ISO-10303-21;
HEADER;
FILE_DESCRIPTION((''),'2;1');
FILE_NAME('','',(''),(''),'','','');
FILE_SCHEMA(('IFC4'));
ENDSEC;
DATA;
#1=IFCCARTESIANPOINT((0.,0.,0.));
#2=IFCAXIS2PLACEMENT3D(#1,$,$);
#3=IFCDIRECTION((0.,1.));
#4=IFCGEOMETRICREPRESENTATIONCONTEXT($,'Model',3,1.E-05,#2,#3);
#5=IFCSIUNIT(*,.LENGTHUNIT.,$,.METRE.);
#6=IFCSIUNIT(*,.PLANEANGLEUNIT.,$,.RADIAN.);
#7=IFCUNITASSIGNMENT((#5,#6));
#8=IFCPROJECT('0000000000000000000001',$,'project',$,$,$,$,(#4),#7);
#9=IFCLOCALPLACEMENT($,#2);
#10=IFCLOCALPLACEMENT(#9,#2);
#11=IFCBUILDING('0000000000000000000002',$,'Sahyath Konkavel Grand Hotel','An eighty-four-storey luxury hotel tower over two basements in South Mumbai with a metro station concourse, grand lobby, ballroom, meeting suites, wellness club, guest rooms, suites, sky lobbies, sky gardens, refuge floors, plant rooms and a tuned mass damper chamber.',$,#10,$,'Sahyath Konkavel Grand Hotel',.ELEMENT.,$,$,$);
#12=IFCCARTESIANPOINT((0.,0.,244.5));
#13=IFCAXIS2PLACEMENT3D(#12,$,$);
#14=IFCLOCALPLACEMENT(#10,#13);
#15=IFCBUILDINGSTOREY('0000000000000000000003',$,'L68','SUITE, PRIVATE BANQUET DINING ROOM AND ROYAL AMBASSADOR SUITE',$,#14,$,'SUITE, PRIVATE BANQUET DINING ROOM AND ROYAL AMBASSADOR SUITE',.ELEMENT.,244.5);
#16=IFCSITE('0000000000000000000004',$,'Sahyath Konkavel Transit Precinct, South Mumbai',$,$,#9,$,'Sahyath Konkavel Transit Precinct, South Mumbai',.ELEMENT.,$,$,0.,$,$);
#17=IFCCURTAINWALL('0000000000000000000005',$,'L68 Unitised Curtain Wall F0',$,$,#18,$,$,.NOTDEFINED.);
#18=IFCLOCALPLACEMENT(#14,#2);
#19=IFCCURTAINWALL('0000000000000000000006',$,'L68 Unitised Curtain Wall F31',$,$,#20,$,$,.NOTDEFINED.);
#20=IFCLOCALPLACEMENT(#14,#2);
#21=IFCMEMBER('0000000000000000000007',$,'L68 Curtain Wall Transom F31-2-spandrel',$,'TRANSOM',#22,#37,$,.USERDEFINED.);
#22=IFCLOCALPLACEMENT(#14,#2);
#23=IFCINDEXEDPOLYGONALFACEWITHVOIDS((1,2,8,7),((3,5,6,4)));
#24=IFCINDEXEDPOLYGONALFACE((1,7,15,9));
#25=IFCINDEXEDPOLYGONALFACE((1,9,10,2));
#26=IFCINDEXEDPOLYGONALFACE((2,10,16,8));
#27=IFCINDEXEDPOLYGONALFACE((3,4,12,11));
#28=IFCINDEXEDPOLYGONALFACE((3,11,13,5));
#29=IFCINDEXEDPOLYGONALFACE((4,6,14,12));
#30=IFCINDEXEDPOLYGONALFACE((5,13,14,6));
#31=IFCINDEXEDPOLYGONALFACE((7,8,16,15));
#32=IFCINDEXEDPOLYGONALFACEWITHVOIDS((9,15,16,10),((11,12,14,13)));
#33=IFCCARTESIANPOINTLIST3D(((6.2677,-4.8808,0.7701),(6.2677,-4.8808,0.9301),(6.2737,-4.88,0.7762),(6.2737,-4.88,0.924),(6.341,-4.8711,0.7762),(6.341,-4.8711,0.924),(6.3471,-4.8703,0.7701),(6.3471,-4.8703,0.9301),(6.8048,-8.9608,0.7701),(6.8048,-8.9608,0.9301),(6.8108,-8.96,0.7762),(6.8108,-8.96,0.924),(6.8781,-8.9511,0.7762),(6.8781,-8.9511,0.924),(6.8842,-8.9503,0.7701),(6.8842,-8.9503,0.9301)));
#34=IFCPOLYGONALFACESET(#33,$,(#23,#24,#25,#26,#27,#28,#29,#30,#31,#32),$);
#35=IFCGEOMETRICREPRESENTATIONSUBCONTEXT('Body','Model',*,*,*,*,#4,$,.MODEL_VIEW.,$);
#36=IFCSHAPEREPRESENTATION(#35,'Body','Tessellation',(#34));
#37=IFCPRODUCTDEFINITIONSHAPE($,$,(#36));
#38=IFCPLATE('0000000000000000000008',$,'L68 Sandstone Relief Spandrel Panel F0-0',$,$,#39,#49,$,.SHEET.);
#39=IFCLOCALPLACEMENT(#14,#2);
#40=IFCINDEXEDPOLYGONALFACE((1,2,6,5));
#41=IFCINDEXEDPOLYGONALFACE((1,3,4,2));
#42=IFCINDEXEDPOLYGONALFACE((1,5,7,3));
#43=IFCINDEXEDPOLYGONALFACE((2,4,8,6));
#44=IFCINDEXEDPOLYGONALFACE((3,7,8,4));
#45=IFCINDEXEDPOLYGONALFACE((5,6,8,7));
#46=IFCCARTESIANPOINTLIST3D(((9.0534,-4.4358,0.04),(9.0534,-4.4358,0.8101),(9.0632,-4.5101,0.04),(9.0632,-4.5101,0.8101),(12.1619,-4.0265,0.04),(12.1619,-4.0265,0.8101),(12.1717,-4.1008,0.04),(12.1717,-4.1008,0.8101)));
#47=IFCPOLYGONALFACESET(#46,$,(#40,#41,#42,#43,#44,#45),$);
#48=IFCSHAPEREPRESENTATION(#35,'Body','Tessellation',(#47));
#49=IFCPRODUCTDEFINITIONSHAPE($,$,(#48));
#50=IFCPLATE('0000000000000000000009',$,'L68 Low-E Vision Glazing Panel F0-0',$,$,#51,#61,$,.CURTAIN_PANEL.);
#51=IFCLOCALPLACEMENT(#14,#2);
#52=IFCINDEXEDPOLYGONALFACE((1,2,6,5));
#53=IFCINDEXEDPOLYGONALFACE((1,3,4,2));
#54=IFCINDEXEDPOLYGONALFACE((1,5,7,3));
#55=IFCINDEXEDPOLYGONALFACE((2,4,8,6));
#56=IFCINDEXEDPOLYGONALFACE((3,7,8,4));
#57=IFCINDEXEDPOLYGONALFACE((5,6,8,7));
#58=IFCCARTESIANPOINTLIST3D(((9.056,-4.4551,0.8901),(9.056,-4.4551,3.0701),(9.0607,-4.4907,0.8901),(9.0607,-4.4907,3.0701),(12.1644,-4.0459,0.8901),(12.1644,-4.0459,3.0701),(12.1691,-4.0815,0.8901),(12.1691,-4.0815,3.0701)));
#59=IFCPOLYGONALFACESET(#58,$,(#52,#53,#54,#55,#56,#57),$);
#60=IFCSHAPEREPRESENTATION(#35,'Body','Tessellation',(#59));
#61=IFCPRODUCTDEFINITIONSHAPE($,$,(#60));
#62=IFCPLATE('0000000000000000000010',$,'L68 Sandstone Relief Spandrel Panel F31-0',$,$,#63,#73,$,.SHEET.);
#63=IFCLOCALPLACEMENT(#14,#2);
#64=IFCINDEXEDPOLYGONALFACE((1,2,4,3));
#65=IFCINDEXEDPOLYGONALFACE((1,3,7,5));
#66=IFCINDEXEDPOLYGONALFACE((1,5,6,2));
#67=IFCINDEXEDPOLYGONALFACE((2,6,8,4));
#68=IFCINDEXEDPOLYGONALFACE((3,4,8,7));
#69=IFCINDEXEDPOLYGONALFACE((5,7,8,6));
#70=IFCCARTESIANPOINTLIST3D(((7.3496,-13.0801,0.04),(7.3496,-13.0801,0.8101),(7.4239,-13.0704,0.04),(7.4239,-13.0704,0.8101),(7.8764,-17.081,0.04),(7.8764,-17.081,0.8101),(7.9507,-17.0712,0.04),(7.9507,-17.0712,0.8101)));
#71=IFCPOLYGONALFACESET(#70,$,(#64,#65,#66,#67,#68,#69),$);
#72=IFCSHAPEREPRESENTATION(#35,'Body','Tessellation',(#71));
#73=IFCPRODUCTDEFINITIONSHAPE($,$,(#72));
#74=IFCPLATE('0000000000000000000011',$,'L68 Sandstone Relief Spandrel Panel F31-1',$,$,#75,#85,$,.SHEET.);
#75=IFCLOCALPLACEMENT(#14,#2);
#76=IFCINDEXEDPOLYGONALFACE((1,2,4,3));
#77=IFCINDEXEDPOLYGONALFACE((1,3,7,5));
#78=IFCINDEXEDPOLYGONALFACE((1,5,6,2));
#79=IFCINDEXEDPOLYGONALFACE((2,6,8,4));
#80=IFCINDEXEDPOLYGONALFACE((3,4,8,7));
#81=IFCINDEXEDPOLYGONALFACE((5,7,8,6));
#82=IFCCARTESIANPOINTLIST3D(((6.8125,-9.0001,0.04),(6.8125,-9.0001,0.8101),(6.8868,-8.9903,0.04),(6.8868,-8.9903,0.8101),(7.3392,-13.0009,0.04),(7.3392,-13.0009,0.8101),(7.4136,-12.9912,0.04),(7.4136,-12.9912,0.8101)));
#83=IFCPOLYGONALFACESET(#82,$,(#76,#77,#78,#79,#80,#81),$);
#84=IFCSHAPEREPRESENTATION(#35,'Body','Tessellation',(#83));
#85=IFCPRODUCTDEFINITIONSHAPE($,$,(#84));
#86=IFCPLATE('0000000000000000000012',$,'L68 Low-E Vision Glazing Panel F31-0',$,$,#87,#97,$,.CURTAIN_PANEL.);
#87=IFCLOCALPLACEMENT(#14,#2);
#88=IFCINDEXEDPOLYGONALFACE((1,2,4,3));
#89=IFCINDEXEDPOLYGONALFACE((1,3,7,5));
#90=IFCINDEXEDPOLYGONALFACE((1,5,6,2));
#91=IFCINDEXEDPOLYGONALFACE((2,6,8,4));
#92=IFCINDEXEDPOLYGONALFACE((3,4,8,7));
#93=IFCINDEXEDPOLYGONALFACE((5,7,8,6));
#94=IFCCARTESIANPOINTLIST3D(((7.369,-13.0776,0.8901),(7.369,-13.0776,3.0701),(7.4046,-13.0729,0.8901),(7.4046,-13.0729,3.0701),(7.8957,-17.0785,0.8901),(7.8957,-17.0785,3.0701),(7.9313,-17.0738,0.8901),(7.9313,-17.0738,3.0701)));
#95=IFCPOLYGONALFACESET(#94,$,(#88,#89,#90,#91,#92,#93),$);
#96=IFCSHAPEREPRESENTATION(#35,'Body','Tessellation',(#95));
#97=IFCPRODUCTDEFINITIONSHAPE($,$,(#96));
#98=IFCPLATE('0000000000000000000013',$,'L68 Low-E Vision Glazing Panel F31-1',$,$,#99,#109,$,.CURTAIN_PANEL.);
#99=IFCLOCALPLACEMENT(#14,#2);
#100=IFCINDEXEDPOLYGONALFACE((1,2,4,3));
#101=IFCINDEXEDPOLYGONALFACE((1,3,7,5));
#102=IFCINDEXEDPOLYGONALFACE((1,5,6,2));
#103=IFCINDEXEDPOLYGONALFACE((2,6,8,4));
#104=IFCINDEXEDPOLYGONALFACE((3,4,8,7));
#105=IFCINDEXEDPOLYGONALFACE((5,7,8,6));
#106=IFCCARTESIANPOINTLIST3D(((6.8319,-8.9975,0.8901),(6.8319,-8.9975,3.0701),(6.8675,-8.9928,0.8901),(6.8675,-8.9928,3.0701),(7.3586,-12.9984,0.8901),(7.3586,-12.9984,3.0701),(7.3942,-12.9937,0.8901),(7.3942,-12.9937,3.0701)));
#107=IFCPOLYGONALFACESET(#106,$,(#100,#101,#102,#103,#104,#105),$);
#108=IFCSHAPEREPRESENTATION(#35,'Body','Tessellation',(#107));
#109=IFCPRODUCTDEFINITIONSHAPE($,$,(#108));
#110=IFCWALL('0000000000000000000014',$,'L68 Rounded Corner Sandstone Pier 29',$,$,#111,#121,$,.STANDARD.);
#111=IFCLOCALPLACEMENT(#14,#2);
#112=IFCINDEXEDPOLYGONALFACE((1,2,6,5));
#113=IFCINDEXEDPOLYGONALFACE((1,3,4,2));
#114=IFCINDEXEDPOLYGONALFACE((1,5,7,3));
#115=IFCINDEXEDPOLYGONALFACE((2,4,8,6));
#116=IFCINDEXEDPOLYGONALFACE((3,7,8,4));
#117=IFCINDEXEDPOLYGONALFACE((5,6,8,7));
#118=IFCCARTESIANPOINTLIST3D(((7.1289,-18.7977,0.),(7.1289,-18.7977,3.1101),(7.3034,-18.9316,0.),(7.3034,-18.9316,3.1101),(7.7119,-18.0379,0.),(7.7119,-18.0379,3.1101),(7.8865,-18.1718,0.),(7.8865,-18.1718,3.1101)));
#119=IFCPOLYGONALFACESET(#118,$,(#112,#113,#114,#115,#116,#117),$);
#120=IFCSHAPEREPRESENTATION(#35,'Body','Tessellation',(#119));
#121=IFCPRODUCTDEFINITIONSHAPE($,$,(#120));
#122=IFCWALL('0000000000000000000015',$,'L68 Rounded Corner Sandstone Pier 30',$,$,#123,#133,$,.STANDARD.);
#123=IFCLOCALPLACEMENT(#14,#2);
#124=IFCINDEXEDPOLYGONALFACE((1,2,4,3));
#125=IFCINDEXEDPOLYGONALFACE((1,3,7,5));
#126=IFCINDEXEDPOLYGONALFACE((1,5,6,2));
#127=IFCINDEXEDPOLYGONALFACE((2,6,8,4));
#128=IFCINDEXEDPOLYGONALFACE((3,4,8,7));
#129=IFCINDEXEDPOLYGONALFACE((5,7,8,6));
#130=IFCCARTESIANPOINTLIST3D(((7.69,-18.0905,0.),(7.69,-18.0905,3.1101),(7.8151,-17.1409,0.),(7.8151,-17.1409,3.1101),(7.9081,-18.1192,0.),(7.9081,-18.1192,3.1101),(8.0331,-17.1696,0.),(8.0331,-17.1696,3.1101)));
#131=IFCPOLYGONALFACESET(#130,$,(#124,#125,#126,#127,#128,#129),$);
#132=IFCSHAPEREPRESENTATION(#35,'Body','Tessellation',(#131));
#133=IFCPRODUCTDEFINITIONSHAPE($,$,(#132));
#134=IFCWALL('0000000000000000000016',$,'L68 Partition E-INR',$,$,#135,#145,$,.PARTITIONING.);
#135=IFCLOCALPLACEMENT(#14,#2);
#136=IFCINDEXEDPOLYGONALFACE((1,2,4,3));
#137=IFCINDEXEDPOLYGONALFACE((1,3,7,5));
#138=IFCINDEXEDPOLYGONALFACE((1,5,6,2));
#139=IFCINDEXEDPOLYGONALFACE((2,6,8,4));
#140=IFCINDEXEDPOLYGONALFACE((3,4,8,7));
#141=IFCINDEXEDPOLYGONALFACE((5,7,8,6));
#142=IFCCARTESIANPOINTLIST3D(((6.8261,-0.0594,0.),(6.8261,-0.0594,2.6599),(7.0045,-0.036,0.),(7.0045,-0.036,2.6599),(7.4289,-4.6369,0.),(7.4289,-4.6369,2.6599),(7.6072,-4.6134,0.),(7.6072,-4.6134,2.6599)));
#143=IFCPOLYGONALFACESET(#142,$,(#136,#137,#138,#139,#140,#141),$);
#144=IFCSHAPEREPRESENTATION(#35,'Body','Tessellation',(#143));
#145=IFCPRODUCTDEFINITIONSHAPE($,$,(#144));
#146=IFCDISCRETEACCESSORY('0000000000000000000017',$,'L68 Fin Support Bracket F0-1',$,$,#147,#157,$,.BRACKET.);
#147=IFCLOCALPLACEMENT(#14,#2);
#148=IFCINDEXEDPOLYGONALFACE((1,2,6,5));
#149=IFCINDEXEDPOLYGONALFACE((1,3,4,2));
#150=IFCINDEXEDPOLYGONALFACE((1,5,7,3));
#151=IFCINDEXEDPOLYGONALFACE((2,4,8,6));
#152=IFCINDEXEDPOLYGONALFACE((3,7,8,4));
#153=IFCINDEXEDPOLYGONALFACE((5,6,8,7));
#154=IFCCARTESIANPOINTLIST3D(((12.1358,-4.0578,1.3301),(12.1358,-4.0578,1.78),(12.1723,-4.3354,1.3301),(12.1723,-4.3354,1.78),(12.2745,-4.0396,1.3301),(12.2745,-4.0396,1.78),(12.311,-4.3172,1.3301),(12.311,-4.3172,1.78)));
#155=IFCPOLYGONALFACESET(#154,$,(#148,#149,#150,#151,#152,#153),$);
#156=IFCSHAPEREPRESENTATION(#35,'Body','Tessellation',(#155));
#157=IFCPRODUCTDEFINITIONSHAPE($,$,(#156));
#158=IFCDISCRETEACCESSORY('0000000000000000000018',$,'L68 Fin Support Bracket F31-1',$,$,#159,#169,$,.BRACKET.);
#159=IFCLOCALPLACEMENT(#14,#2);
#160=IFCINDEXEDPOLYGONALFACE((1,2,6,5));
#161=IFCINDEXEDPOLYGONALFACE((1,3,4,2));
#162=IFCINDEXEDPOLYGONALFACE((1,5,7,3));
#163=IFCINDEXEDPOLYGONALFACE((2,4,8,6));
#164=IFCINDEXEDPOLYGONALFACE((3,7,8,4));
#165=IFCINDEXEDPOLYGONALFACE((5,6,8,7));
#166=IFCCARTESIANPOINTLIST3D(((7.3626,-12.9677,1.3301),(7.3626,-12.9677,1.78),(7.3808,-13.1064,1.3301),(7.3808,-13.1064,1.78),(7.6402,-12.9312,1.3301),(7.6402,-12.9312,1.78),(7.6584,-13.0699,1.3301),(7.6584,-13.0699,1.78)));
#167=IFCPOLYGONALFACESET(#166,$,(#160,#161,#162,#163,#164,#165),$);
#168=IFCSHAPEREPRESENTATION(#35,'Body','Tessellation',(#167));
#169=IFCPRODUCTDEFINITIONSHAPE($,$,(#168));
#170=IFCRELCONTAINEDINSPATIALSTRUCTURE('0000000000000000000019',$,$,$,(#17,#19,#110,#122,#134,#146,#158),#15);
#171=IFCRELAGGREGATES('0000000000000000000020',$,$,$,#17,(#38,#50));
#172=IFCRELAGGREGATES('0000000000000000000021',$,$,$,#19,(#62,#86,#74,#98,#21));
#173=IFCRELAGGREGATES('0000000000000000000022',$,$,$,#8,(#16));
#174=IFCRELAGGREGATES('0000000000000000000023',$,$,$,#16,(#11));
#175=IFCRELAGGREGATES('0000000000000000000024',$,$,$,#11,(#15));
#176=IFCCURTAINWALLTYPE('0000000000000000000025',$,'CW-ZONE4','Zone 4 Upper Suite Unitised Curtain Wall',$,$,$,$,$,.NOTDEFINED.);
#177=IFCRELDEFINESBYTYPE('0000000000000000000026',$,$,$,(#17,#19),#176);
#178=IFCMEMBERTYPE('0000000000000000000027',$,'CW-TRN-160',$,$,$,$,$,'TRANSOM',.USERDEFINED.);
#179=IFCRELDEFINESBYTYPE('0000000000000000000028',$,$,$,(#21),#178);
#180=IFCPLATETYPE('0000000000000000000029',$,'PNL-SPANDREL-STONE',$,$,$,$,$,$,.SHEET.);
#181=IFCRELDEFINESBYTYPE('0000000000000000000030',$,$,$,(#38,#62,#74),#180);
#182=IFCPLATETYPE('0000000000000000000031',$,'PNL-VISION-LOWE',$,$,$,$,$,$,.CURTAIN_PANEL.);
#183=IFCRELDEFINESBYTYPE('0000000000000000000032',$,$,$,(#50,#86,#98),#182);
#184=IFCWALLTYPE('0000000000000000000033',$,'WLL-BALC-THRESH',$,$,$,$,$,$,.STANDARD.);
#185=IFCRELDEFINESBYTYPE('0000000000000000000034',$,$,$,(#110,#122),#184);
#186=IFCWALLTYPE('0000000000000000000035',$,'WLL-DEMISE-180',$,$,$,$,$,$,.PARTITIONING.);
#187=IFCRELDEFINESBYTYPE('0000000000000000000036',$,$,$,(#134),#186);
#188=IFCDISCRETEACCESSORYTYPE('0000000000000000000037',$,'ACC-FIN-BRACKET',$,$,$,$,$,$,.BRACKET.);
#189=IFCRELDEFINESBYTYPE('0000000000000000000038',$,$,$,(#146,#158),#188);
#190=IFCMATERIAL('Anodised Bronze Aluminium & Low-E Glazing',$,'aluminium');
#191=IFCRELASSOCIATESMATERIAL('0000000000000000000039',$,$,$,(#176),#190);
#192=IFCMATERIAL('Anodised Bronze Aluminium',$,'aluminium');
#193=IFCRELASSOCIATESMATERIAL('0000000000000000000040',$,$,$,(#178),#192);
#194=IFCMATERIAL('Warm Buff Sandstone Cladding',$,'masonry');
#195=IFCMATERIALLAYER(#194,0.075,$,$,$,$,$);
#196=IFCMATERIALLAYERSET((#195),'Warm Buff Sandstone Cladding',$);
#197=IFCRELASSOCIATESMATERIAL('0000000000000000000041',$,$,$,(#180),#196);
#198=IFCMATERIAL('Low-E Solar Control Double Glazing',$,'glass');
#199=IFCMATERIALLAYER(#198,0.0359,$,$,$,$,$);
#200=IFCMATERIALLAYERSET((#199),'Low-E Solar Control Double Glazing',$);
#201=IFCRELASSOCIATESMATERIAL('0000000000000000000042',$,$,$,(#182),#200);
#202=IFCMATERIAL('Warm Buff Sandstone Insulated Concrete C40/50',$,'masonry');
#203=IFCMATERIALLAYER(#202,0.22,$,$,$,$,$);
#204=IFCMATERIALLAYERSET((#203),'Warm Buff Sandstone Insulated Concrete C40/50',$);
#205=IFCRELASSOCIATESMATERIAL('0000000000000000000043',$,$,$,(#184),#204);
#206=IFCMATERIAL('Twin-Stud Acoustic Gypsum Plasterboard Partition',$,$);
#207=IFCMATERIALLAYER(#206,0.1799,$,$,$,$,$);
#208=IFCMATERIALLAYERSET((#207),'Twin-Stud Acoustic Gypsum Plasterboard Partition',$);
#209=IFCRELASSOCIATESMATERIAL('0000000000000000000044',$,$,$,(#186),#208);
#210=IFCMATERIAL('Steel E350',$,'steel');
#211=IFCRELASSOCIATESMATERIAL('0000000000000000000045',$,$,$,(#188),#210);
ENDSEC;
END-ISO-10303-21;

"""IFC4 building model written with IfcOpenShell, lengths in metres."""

from ifc_helpers import new_model, si_unit, direction, frame, frame_2d, origin, origin_2d, place, context, subcontext, project, spatial, rectangle, hollow_rectangle, extrude, source, transform, mapped, material, layer, layer_set, material_profile, profile_set, type_object, element, aggregate, save


model = new_model("IFC4")

# Units and contexts
model_context = context("Model", 3, precision=1e-05, world=origin(), true_north=direction((0.0, 1.0)))
body_context = subcontext(model_context, "Body", "Model", "MODEL_VIEW")
ifc_project = project(units=[si_unit("LENGTHUNIT", "METRE"), si_unit("PLANEANGLEUNIT", "RADIAN")], contexts=[model_context])

# Site, building, storey
site_placement = place(None, origin())
site = spatial("IfcSite", under=ifc_project, at=site_placement, Name="Sahyath Konkavel Transit Precinct, South Mumbai", LongName="Sahyath Konkavel Transit Precinct, South Mumbai", CompositionType="ELEMENT", RefElevation=0.0)
building_placement = place(site_placement, origin())
building = spatial("IfcBuilding", under=site, at=building_placement, Name="Sahyath Konkavel Grand Hotel", Description="An eighty-four-storey luxury hotel tower over two basements in South Mumbai with a metro station concourse, grand lobby, ballroom, meeting suites, wellness club, guest rooms, suites, sky lobbies, sky gardens, refuge floors, plant rooms and a tuned mass damper chamber.", LongName="Sahyath Konkavel Grand Hotel", CompositionType="ELEMENT")
storey_placement = place(building_placement, frame((0.0, 0.0, 244.5)))
storey = spatial("IfcBuildingStorey", under=building, at=storey_placement, Name="L68", Description="SUITE, PRIVATE BANQUET DINING ROOM AND ROYAL AMBASSADOR SUITE", LongName="SUITE, PRIVATE BANQUET DINING ROOM AND ROYAL AMBASSADOR SUITE", CompositionType="ELEMENT", Elevation=244.5)

# Curtain walls
ifc_material_1 = material(Name="Anodised Bronze Aluminium & Low-E Glazing", Category="aluminium")
curtain_wall_type = type_object("IfcCurtainWallType", Name="CW-ZONE4", Description="Zone 4 Upper Suite Unitised Curtain Wall", PredefinedType="NOTDEFINED", material=ifc_material_1)
curtain_wall_1_placement = place(storey_placement, origin())
curtain_wall_1 = element("IfcCurtainWall", 1, at=curtain_wall_1_placement, inside=storey, type_object=curtain_wall_type, Name="L68 Unitised Curtain Wall F0", PredefinedType="NOTDEFINED")
curtain_wall_2_placement = place(storey_placement, origin())
curtain_wall_2 = element("IfcCurtainWall", 2, at=curtain_wall_2_placement, inside=storey, type_object=curtain_wall_type, Name="L68 Unitised Curtain Wall F31", PredefinedType="NOTDEFINED")

# Shared definitions
ifc_material_2 = material(Name="Anodised Bronze Aluminium", Category="aluminium")

# Member
ifc_material_profile_1 = material_profile(ifc_material_2, hollow_rectangle(XDim=0.0801, YDim=0.1599, WallThickness=0.0061, at=origin_2d()), Name="RHS 160x80x6")
ifc_profile_set_1 = profile_set([ifc_material_profile_1], Name="Anodised Bronze Aluminium")
member_type_1 = type_object("IfcMemberType", Name="CW-TRN-160", ElementType="TRANSOM", PredefinedType="USERDEFINED", material=ifc_profile_set_1)
shared_shape_1 = source(origin(), body_context, "Body", "SweptSolid", [
    extrude(hollow_rectangle(XDim=0.0801, YDim=0.1599, WallThickness=0.0061, at=origin_2d()), origin(), (0.0, 0.0, 1.0), 4.1152),
])
member_1_placement = place(storey_placement, frame((6.8445, -8.9556, 0.8501), z_axis=(-0.130516, 0.991446, 0.0), x_axis=(-0.991446, -0.130516, 0.0)))
member_1 = element("IfcMember", 3, at=member_1_placement, type_object=member_type_1, Name="L68 Curtain Wall Transom F31-2-spandrel", ObjectType="TRANSOM", PredefinedType="USERDEFINED", context=body_context, shape_type="MappedRepresentation", body=[
    mapped(shared_shape_1, transform((0.0, 0.0, 0.0), scale=1.0)),
])

# Plates
ifc_material_3 = material(Name="Warm Buff Sandstone Cladding", Category="masonry")
ifc_layer_1 = layer(ifc_material_3, 0.075)
ifc_layer_set_1 = layer_set([ifc_layer_1], Name="Warm Buff Sandstone Cladding")
plate_type_1 = type_object("IfcPlateType", Name="PNL-SPANDREL-STONE", PredefinedType="SHEET", material=ifc_layer_set_1)
shared_shape_2 = source(origin(), body_context, "Body", "SweptSolid", [
    extrude(rectangle(XDim=3.1353, YDim=0.075, at=origin_2d()), origin(), (0.0, 0.0, 1.0), 0.77),
])
plate_1_placement = place(storey_placement, frame((10.6125, -4.2683, 0.04), z_axis=(0.0, 0.0, 1.0), x_axis=(0.991445, 0.130526, 0.0)))
plate_1 = element("IfcPlate", 4, at=plate_1_placement, type_object=plate_type_1, Name="L68 Sandstone Relief Spandrel Panel F0-0", PredefinedType="SHEET", context=body_context, shape_type="MappedRepresentation", body=[
    mapped(shared_shape_2, transform((0.0, 0.0, 0.0), scale=1.0)),
])
ifc_material_4 = material(Name="Low-E Solar Control Double Glazing", Category="glass")
ifc_layer_2 = layer(ifc_material_4, 0.0359)
ifc_layer_set_2 = layer_set([ifc_layer_2], Name="Low-E Solar Control Double Glazing")
plate_type_2 = type_object("IfcPlateType", Name="PNL-VISION-LOWE", PredefinedType="CURTAIN_PANEL", material=ifc_layer_set_2)
shared_shape_3 = source(origin(), body_context, "Body", "SweptSolid", [
    extrude(rectangle(XDim=3.1353, YDim=0.0359, at=origin_2d()), origin(), (0.0, 0.0, 1.0), 2.1799),
])
plate_2_placement = place(storey_placement, frame((10.6125, -4.2683, 0.8901), z_axis=(0.0, 0.0, 1.0), x_axis=(0.991445, 0.130526, 0.0)))
plate_2 = element("IfcPlate", 5, at=plate_2_placement, type_object=plate_type_2, Name="L68 Low-E Vision Glazing Panel F0-0", PredefinedType="CURTAIN_PANEL", context=body_context, shape_type="MappedRepresentation", body=[
    mapped(shared_shape_3, transform((0.0, 0.0, 0.0), scale=1.0)),
])
aggregate(curtain_wall_1, [plate_1, plate_2])
shared_shape_4 = source(origin(), body_context, "Body", "SweptSolid", [
    extrude(rectangle(XDim=4.0354, YDim=0.075, at=origin_2d()), origin(), (0.0, 0.0, 1.0), 0.77),
])
plate_3_placement = place(storey_placement, frame((7.6501, -15.0757, 0.04), z_axis=(0.0, 0.0, 1.0), x_axis=(-0.130526, 0.991445, 0.0)))
plate_3 = element("IfcPlate", 6, at=plate_3_placement, type_object=plate_type_1, Name="L68 Sandstone Relief Spandrel Panel F31-0", PredefinedType="SHEET", context=body_context, shape_type="MappedRepresentation", body=[
    mapped(shared_shape_4, transform((0.0, 0.0, 0.0), scale=1.0)),
])
plate_4_placement = place(storey_placement, frame((7.113, -10.9956, 0.04), z_axis=(0.0, 0.0, 1.0), x_axis=(-0.130526, 0.991445, 0.0)))
plate_4 = element("IfcPlate", 7, at=plate_4_placement, type_object=plate_type_1, Name="L68 Sandstone Relief Spandrel Panel F31-1", PredefinedType="SHEET", context=body_context, shape_type="MappedRepresentation", body=[
    mapped(shared_shape_4, transform((0.0, 0.0, 0.0), scale=1.0)),
])
shared_shape_5 = source(origin(), body_context, "Body", "SweptSolid", [
    extrude(rectangle(XDim=4.0354, YDim=0.0359, at=origin_2d()), origin(), (0.0, 0.0, 1.0), 2.1799),
])
plate_5_placement = place(storey_placement, frame((7.6501, -15.0757, 0.8901), z_axis=(0.0, 0.0, 1.0), x_axis=(-0.130526, 0.991445, 0.0)))
plate_5 = element("IfcPlate", 8, at=plate_5_placement, type_object=plate_type_2, Name="L68 Low-E Vision Glazing Panel F31-0", PredefinedType="CURTAIN_PANEL", context=body_context, shape_type="MappedRepresentation", body=[
    mapped(shared_shape_5, transform((0.0, 0.0, 0.0), scale=1.0)),
])
plate_6_placement = place(storey_placement, frame((7.113, -10.9956, 0.8901), z_axis=(0.0, 0.0, 1.0), x_axis=(-0.130526, 0.991445, 0.0)))
plate_6 = element("IfcPlate", 9, at=plate_6_placement, type_object=plate_type_2, Name="L68 Low-E Vision Glazing Panel F31-1", PredefinedType="CURTAIN_PANEL", context=body_context, shape_type="MappedRepresentation", body=[
    mapped(shared_shape_5, transform((0.0, 0.0, 0.0), scale=1.0)),
])
aggregate(curtain_wall_2, [plate_3, plate_5, plate_4, plate_6, member_1])

# Walls
ifc_material_5 = material(Name="Warm Buff Sandstone Insulated Concrete C40/50", Category="masonry")
ifc_layer_3 = layer(ifc_material_5, 0.22)
ifc_layer_set_3 = layer_set([ifc_layer_3], Name="Warm Buff Sandstone Insulated Concrete C40/50")
wall_type_1 = type_object("IfcWallType", Name="WLL-BALC-THRESH", PredefinedType="STANDARD", material=ifc_layer_set_3)
for number, where, z_axis, x_axis, name in (
    (10, (7.2161, -18.8647, 0.0), (0.0, 0.0, 1.0), (0.608774, 0.793344, 0.0), "L68 Rounded Corner Sandstone Pier 29"),
    (11, (7.7991, -18.105, 0.0), (0.0, 0.0, 1.0), (0.130527, 0.991445, 0.0), "L68 Rounded Corner Sandstone Pier 30"),
):
    element("IfcWall", number, at=place(storey_placement, frame(where, z_axis=z_axis, x_axis=x_axis)), inside=storey, type_object=wall_type_1, Name=name, PredefinedType="STANDARD", context=body_context, shape_type="SweptSolid", body=[
        extrude(rectangle(XDim=0.9578, YDim=0.22, at=frame_2d((0.479, 0.0))), origin(), (0.0, 0.0, 1.0), 3.1101),
    ])
ifc_material_6 = material(Name="Twin-Stud Acoustic Gypsum Plasterboard Partition")
ifc_layer_4 = layer(ifc_material_6, 0.1799)
ifc_layer_set_4 = layer_set([ifc_layer_4], Name="Twin-Stud Acoustic Gypsum Plasterboard Partition")
wall_type_2 = type_object("IfcWallType", Name="WLL-DEMISE-180", PredefinedType="PARTITIONING", material=ifc_layer_set_4)
wall_placement = place(storey_placement, frame((7.5181, -4.6252, 0.0), z_axis=(0.0, 0.0, 1.0), x_axis=(-0.13056, 0.99144, 0.0)))
element("IfcWall", 12, at=wall_placement, inside=storey, type_object=wall_type_2, Name="L68 Partition E-INR", PredefinedType="PARTITIONING", context=body_context, shape_type="SweptSolid", body=[
    extrude(rectangle(XDim=4.6169, YDim=0.1799, at=frame_2d((2.3086, 0.0))), origin(), (0.0, 0.0, 1.0), 2.6599),
])

# Discrete accessories
ifc_material_7 = material(Name="Steel E350", Category="steel")
discrete_accessory_type = type_object("IfcDiscreteAccessoryType", Name="ACC-FIN-BRACKET", PredefinedType="BRACKET", material=ifc_material_7)
shared_shape_6 = source(origin(), body_context, "Body", "SweptSolid", [
    extrude(rectangle(XDim=0.28, YDim=0.1399, at=origin_2d()), origin(), (0.0, 0.0, 1.0), 0.45),
])
for number, where, z_axis, x_axis, name in (
    (13, (12.2234, -4.1875, 1.3301), (0.0, 0.0, 1.0), (0.130526, -0.991445, 0.0), "L68 Fin Support Bracket F0-1"),
    (14, (7.5105, -13.0188, 1.3301), (0.0, 0.0, 1.0), (0.991445, 0.130526, 0.0), "L68 Fin Support Bracket F31-1"),
):
    element("IfcDiscreteAccessory", number, at=place(storey_placement, frame(where, z_axis=z_axis, x_axis=x_axis)), inside=storey, type_object=discrete_accessory_type, Name=name, PredefinedType="BRACKET", context=body_context, shape_type="MappedRepresentation", body=[
        mapped(shared_shape_6, transform((0.0, 0.0, 0.0), scale=1.0)),
    ])

save(model, "model.ifc")
